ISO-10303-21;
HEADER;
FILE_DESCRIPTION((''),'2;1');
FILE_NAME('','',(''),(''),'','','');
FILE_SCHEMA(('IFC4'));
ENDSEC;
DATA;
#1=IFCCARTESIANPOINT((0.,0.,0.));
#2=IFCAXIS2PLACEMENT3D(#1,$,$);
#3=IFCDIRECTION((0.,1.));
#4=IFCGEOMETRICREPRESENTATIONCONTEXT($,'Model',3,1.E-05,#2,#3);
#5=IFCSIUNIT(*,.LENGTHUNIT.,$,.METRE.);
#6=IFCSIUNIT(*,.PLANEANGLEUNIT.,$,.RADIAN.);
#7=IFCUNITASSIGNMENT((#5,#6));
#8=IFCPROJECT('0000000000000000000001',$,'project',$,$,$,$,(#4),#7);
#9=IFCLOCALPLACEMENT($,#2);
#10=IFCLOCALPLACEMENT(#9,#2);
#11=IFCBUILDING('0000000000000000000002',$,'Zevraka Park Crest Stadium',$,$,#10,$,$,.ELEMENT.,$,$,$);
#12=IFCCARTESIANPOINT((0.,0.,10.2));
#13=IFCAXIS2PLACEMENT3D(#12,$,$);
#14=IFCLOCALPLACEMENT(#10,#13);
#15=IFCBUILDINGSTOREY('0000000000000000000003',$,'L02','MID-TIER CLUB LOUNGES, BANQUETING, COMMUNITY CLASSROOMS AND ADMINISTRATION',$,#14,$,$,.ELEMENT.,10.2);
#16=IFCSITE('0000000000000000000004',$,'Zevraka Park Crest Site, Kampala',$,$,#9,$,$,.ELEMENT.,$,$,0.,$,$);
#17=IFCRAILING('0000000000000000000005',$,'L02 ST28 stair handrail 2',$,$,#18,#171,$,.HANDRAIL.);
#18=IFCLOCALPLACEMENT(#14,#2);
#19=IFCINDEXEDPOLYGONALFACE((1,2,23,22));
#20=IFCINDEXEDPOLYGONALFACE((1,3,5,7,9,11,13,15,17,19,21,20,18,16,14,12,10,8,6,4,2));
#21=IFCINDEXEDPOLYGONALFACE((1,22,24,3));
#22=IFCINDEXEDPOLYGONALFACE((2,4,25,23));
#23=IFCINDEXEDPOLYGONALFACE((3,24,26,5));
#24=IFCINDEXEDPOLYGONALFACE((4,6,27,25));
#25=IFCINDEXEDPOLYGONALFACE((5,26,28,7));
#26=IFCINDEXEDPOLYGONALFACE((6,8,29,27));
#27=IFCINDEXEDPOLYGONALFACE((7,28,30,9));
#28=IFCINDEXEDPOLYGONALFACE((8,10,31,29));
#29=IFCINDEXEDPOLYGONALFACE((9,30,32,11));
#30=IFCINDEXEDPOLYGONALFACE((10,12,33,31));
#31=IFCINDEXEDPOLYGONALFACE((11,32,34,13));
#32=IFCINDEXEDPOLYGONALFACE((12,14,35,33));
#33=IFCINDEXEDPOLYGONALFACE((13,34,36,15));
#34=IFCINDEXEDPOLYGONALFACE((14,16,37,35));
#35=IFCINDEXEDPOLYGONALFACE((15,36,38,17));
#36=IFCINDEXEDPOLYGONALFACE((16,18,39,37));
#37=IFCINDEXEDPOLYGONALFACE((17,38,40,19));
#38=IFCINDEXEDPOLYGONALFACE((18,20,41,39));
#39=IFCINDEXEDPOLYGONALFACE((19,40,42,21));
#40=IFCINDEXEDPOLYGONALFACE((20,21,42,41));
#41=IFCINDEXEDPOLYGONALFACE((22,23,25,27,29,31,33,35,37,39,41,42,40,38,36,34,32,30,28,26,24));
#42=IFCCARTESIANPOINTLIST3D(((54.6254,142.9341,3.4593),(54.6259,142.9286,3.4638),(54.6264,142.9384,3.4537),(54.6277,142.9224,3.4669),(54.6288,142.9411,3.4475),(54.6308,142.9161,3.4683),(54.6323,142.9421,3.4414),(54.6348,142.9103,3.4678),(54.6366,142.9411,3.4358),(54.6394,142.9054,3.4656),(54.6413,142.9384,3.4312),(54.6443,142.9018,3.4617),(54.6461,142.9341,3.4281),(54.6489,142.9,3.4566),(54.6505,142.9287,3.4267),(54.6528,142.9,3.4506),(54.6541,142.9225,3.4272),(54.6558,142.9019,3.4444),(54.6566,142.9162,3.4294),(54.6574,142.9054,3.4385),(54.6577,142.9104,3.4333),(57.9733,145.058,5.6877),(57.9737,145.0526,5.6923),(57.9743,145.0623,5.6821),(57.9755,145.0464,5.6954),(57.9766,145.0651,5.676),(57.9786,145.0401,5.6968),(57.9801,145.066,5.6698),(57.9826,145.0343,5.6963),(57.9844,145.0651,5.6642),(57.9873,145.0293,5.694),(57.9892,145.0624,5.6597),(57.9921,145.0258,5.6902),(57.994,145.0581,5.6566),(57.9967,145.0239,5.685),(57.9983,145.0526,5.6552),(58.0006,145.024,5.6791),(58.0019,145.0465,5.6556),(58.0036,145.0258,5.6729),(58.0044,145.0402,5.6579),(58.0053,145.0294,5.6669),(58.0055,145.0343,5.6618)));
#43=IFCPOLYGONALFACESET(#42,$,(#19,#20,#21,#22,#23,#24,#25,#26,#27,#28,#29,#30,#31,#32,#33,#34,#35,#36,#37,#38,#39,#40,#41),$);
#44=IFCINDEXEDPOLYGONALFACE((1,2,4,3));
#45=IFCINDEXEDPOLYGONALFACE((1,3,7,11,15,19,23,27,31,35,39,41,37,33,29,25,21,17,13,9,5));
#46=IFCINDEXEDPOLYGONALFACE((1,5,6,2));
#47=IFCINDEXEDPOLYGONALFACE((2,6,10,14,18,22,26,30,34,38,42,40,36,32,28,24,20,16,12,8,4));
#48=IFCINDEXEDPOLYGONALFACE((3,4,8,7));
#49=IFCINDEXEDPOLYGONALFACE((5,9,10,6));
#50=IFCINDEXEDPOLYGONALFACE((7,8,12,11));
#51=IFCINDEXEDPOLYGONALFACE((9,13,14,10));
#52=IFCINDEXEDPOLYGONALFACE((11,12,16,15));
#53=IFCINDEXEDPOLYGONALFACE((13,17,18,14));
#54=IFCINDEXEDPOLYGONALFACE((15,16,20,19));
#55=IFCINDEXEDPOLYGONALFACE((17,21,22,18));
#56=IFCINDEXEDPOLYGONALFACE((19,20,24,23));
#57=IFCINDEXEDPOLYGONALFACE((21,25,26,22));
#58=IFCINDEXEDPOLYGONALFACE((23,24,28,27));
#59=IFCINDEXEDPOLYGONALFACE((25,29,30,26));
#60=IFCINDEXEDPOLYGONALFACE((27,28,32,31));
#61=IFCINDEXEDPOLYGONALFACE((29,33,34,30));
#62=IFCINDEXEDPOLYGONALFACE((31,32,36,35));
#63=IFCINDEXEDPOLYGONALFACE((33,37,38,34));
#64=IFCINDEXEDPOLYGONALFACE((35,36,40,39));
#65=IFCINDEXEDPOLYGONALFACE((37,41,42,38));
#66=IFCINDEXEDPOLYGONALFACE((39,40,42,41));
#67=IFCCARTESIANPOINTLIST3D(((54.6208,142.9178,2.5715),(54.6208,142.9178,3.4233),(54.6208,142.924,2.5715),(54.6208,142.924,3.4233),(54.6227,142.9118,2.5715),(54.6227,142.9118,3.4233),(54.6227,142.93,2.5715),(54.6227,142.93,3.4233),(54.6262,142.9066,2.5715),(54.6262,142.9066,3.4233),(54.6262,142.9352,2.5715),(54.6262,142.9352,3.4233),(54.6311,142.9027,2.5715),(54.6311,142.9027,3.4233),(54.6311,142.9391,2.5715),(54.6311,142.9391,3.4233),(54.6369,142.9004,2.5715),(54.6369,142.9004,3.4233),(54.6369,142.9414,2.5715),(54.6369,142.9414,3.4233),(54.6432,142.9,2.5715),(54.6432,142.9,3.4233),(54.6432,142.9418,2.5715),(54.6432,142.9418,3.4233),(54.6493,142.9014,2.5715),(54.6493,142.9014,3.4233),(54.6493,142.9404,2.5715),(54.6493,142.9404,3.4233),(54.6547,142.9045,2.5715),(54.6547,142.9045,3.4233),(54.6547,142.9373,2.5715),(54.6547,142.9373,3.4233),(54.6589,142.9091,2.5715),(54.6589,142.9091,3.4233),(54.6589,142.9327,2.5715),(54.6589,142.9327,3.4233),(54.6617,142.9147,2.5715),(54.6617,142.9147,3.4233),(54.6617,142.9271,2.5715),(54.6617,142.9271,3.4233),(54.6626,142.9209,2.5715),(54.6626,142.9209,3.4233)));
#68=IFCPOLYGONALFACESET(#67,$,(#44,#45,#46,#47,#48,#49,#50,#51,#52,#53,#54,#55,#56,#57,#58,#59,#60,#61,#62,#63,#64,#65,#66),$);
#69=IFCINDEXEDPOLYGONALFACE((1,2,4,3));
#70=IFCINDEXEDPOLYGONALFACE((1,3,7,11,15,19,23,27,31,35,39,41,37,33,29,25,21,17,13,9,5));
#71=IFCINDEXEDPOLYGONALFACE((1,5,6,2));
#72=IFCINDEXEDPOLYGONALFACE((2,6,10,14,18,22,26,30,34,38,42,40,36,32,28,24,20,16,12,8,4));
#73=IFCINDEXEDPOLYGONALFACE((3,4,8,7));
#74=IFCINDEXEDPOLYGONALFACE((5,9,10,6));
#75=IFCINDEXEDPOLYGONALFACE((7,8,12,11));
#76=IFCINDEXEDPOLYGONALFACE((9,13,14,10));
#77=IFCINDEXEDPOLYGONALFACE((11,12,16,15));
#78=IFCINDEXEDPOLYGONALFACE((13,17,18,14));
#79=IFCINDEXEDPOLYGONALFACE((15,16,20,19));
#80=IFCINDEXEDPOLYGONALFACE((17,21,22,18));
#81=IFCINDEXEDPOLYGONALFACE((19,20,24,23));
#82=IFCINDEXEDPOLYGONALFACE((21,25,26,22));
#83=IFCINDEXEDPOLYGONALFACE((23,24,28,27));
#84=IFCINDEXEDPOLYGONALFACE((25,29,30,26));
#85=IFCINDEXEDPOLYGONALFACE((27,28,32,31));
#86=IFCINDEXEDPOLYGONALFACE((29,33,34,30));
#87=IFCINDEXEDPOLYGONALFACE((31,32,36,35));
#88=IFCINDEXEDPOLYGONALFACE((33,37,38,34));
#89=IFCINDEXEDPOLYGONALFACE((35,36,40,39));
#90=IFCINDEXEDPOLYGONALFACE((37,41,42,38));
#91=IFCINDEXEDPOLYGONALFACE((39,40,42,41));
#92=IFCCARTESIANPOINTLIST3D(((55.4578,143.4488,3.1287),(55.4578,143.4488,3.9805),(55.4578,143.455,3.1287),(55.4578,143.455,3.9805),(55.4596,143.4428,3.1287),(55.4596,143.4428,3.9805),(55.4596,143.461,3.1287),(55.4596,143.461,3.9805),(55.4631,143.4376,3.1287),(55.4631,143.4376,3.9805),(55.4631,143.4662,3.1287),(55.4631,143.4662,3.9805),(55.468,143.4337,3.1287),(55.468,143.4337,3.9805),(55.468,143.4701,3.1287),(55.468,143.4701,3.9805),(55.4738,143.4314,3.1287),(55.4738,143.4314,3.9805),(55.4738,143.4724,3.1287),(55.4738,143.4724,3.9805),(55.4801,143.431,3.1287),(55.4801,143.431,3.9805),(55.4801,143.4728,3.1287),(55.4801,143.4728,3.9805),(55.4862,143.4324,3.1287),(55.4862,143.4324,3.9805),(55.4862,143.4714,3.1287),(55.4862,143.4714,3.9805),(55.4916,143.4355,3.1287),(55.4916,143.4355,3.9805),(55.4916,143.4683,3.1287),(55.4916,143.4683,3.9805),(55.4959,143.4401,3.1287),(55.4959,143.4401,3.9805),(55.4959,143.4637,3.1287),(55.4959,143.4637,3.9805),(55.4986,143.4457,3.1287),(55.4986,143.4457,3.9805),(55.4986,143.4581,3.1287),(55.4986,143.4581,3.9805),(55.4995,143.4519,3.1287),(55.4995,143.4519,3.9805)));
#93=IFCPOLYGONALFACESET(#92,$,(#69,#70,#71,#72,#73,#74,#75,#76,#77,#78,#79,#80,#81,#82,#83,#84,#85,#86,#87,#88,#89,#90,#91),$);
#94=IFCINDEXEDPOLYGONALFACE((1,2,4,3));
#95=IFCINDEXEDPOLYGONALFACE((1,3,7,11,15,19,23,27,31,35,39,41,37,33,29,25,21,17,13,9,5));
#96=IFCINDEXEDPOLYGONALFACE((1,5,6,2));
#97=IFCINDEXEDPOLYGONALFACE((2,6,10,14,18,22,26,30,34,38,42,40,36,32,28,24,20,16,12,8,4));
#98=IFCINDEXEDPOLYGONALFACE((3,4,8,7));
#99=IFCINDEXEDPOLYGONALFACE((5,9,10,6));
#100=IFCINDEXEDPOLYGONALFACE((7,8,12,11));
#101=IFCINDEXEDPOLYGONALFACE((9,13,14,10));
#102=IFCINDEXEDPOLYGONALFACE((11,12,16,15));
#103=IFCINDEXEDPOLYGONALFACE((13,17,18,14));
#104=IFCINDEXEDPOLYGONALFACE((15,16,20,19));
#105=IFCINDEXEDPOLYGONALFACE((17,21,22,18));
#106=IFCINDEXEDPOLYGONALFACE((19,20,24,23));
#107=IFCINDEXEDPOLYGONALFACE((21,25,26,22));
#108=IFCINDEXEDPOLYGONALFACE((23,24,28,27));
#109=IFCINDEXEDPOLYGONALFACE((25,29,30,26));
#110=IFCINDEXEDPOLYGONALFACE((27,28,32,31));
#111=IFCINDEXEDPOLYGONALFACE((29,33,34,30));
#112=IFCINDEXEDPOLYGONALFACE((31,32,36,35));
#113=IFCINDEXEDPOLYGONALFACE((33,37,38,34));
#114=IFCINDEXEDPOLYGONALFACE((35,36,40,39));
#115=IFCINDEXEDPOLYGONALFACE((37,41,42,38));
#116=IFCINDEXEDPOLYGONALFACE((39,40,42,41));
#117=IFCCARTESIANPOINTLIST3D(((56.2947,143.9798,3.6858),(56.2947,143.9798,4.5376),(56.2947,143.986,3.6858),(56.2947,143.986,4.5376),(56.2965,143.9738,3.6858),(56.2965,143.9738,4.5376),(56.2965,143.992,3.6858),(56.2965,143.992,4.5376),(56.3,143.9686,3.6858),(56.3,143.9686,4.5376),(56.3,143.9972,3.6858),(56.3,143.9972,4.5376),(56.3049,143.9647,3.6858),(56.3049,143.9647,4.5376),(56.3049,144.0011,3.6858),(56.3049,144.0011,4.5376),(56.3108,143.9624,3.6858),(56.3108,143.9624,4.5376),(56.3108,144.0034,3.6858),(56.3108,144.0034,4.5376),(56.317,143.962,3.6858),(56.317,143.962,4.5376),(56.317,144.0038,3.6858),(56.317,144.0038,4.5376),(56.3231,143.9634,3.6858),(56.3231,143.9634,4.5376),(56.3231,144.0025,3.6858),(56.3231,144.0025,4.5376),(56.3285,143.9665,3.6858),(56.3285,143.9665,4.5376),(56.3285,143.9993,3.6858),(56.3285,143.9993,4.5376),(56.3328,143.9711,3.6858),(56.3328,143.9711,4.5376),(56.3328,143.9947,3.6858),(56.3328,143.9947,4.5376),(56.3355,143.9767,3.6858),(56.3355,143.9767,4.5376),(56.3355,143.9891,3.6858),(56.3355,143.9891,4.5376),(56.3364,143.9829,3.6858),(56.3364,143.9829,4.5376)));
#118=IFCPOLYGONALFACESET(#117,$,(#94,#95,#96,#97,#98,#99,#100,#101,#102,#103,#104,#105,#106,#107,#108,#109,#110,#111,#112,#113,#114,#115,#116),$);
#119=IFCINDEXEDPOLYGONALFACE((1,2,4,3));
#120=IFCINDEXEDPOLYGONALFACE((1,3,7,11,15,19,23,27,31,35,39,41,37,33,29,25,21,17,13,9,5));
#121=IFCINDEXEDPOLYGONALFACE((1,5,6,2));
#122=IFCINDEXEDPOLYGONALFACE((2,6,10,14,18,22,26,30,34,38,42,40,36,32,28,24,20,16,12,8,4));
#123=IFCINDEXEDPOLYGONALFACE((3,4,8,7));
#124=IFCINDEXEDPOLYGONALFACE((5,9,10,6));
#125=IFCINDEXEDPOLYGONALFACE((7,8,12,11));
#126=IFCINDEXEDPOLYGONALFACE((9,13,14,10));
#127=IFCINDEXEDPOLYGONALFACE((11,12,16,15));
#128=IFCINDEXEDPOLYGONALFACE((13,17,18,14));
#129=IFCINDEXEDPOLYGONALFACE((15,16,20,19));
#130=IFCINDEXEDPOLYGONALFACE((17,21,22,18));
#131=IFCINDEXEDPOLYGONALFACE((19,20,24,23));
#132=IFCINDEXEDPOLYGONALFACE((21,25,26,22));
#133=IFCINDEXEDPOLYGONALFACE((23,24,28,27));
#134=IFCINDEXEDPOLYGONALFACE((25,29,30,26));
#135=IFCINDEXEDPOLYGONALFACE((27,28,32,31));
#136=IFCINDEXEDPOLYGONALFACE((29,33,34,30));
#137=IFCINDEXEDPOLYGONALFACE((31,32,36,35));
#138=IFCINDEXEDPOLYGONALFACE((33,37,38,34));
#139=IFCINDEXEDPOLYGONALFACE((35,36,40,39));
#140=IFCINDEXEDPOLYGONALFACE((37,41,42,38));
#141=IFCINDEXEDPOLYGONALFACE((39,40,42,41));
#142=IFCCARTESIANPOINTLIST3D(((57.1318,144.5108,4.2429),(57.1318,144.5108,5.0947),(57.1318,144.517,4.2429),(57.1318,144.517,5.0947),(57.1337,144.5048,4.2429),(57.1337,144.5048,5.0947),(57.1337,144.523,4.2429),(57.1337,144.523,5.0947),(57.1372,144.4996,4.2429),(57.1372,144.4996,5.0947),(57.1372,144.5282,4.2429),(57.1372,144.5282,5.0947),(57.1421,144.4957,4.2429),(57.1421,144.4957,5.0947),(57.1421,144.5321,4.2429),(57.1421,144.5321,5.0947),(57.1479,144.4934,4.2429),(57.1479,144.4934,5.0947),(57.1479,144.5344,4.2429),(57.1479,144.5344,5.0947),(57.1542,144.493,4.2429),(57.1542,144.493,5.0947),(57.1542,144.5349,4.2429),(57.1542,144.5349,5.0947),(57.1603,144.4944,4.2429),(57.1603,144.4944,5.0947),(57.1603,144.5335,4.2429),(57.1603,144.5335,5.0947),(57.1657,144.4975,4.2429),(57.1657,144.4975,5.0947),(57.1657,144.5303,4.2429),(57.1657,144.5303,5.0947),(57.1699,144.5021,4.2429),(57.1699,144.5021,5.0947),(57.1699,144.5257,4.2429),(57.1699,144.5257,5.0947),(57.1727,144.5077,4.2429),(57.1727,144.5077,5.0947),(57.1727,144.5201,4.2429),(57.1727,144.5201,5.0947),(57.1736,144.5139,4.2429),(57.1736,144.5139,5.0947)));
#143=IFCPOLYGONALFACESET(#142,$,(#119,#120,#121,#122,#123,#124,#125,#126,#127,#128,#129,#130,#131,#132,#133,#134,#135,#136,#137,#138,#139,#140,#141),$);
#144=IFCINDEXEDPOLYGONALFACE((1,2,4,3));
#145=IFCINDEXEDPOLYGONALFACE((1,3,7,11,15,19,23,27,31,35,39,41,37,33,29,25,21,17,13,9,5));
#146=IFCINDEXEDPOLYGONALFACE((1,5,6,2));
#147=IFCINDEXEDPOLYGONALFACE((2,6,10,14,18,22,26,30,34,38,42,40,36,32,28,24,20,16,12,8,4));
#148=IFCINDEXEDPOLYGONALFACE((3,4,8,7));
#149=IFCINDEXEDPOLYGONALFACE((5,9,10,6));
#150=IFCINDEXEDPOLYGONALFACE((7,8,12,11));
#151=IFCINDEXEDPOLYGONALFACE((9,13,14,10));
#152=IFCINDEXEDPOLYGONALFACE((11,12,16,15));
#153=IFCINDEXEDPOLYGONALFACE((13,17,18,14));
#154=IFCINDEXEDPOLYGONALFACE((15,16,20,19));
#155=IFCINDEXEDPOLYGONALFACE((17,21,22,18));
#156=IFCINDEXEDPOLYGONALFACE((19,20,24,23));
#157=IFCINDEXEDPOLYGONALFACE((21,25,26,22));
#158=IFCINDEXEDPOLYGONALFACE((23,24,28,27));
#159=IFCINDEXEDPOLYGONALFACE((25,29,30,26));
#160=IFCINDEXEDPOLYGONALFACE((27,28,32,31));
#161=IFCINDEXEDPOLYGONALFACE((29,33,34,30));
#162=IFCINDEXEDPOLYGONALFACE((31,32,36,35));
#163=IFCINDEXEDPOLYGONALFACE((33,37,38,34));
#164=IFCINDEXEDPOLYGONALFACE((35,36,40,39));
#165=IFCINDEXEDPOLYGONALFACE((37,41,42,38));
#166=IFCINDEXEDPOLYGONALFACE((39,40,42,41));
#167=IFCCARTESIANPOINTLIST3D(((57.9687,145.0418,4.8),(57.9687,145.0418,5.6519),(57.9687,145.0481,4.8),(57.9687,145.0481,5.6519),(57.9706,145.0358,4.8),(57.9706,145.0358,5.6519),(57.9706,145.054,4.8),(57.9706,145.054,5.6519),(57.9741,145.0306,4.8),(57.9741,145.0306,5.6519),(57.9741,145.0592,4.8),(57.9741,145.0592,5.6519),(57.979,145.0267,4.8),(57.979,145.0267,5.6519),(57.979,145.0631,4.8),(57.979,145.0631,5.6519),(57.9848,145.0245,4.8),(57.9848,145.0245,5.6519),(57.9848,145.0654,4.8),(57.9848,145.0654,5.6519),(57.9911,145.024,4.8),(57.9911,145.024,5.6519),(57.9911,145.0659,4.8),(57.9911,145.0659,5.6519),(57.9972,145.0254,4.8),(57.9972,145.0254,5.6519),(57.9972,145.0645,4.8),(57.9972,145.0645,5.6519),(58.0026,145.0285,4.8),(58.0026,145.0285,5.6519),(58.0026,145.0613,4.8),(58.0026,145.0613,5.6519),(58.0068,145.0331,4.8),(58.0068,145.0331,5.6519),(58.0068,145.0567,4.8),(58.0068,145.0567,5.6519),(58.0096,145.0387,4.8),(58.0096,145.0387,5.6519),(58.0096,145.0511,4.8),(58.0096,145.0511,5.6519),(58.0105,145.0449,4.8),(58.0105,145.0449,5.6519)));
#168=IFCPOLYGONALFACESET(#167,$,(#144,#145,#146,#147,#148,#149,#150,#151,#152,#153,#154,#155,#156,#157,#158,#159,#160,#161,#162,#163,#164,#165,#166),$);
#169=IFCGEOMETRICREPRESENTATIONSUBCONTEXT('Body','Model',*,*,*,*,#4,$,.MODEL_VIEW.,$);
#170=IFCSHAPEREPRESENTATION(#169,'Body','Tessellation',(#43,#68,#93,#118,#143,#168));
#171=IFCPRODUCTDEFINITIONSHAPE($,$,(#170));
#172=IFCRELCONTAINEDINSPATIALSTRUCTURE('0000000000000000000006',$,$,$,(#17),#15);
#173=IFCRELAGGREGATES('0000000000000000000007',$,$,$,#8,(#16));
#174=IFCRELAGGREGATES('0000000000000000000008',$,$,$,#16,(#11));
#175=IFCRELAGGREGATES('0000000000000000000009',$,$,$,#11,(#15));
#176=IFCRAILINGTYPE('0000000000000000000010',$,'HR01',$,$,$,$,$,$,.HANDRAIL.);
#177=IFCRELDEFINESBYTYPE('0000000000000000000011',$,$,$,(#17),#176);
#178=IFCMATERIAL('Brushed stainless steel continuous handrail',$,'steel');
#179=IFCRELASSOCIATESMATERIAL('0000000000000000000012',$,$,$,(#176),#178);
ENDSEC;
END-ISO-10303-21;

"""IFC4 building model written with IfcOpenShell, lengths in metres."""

from ifc_helpers import new_model, si_unit, direction, frame, origin, origin_2d, place, context, subcontext, project, spatial, circle, extrude, material, type_object, element, save


model = new_model("IFC4")

# Units and contexts
model_context = context("Model", 3, precision=1e-05, world=origin(), true_north=direction((0.0, 1.0)))
body_context = subcontext(model_context, "Body", "Model", "MODEL_VIEW")
ifc_project = project(units=[si_unit("LENGTHUNIT", "METRE"), si_unit("PLANEANGLEUNIT", "RADIAN")], contexts=[model_context])

# Site, building, storey
site_placement = place(None, origin())
site = spatial("IfcSite", under=ifc_project, at=site_placement, Name="Zevraka Park Crest Site, Kampala", CompositionType="ELEMENT", RefElevation=0.0)
building_placement = place(site_placement, origin())
building = spatial("IfcBuilding", under=site, at=building_placement, Name="Zevraka Park Crest Stadium", CompositionType="ELEMENT")
storey_placement = place(building_placement, frame((0.0, 0.0, 10.2)))
storey = spatial("IfcBuildingStorey", under=building, at=storey_placement, Name="L02", Description="MID-TIER CLUB LOUNGES, BANQUETING, COMMUNITY CLASSROOMS AND ADMINISTRATION", CompositionType="ELEMENT", Elevation=10.2)

# Railing
ifc_material_1 = material(Name="Brushed stainless steel continuous handrail", Category="steel")
railing_type_1 = type_object("IfcRailingType", Name="HR01", PredefinedType="HANDRAIL", material=ifc_material_1)
railing_1_placement = place(storey_placement, frame((54.6416, 142.9209, 2.5715)))
element("IfcRailing", 1, at=railing_1_placement, inside=storey, type_object=railing_type_1, Name="L02 ST28 stair handrail 2", PredefinedType="HANDRAIL", context=body_context, shape_type="SweptSolid", body=[
    extrude(circle(Radius=0.0239, at=origin_2d()), frame((0.0, 0.0, 0.876), z_axis=(0.736092, 0.467002, 0.489977), x_axis=(-0.535716, 0.844399, 0.0)), (0.0, 0.0, 1.0), 4.5481),
    extrude(circle(Radius=0.021, at=origin_2d()), origin(), (0.0, 0.0, 1.0), 0.8518),
    extrude(circle(Radius=0.021, at=origin_2d()), frame((0.8369, 0.531, 0.5571)), (0.0, 0.0, 1.0), 0.8518),
    extrude(circle(Radius=0.021, at=origin_2d()), frame((1.6738, 1.062, 1.1143)), (0.0, 0.0, 1.0), 0.8518),
    extrude(circle(Radius=0.021, at=origin_2d()), frame((2.511, 1.593, 1.6714)), (0.0, 0.0, 1.0), 0.8518),
    extrude(circle(Radius=0.021, at=origin_2d()), frame((3.3479, 2.124, 2.2285)), (0.0, 0.0, 1.0), 0.8518),
])

save(model, "model.ifc")
